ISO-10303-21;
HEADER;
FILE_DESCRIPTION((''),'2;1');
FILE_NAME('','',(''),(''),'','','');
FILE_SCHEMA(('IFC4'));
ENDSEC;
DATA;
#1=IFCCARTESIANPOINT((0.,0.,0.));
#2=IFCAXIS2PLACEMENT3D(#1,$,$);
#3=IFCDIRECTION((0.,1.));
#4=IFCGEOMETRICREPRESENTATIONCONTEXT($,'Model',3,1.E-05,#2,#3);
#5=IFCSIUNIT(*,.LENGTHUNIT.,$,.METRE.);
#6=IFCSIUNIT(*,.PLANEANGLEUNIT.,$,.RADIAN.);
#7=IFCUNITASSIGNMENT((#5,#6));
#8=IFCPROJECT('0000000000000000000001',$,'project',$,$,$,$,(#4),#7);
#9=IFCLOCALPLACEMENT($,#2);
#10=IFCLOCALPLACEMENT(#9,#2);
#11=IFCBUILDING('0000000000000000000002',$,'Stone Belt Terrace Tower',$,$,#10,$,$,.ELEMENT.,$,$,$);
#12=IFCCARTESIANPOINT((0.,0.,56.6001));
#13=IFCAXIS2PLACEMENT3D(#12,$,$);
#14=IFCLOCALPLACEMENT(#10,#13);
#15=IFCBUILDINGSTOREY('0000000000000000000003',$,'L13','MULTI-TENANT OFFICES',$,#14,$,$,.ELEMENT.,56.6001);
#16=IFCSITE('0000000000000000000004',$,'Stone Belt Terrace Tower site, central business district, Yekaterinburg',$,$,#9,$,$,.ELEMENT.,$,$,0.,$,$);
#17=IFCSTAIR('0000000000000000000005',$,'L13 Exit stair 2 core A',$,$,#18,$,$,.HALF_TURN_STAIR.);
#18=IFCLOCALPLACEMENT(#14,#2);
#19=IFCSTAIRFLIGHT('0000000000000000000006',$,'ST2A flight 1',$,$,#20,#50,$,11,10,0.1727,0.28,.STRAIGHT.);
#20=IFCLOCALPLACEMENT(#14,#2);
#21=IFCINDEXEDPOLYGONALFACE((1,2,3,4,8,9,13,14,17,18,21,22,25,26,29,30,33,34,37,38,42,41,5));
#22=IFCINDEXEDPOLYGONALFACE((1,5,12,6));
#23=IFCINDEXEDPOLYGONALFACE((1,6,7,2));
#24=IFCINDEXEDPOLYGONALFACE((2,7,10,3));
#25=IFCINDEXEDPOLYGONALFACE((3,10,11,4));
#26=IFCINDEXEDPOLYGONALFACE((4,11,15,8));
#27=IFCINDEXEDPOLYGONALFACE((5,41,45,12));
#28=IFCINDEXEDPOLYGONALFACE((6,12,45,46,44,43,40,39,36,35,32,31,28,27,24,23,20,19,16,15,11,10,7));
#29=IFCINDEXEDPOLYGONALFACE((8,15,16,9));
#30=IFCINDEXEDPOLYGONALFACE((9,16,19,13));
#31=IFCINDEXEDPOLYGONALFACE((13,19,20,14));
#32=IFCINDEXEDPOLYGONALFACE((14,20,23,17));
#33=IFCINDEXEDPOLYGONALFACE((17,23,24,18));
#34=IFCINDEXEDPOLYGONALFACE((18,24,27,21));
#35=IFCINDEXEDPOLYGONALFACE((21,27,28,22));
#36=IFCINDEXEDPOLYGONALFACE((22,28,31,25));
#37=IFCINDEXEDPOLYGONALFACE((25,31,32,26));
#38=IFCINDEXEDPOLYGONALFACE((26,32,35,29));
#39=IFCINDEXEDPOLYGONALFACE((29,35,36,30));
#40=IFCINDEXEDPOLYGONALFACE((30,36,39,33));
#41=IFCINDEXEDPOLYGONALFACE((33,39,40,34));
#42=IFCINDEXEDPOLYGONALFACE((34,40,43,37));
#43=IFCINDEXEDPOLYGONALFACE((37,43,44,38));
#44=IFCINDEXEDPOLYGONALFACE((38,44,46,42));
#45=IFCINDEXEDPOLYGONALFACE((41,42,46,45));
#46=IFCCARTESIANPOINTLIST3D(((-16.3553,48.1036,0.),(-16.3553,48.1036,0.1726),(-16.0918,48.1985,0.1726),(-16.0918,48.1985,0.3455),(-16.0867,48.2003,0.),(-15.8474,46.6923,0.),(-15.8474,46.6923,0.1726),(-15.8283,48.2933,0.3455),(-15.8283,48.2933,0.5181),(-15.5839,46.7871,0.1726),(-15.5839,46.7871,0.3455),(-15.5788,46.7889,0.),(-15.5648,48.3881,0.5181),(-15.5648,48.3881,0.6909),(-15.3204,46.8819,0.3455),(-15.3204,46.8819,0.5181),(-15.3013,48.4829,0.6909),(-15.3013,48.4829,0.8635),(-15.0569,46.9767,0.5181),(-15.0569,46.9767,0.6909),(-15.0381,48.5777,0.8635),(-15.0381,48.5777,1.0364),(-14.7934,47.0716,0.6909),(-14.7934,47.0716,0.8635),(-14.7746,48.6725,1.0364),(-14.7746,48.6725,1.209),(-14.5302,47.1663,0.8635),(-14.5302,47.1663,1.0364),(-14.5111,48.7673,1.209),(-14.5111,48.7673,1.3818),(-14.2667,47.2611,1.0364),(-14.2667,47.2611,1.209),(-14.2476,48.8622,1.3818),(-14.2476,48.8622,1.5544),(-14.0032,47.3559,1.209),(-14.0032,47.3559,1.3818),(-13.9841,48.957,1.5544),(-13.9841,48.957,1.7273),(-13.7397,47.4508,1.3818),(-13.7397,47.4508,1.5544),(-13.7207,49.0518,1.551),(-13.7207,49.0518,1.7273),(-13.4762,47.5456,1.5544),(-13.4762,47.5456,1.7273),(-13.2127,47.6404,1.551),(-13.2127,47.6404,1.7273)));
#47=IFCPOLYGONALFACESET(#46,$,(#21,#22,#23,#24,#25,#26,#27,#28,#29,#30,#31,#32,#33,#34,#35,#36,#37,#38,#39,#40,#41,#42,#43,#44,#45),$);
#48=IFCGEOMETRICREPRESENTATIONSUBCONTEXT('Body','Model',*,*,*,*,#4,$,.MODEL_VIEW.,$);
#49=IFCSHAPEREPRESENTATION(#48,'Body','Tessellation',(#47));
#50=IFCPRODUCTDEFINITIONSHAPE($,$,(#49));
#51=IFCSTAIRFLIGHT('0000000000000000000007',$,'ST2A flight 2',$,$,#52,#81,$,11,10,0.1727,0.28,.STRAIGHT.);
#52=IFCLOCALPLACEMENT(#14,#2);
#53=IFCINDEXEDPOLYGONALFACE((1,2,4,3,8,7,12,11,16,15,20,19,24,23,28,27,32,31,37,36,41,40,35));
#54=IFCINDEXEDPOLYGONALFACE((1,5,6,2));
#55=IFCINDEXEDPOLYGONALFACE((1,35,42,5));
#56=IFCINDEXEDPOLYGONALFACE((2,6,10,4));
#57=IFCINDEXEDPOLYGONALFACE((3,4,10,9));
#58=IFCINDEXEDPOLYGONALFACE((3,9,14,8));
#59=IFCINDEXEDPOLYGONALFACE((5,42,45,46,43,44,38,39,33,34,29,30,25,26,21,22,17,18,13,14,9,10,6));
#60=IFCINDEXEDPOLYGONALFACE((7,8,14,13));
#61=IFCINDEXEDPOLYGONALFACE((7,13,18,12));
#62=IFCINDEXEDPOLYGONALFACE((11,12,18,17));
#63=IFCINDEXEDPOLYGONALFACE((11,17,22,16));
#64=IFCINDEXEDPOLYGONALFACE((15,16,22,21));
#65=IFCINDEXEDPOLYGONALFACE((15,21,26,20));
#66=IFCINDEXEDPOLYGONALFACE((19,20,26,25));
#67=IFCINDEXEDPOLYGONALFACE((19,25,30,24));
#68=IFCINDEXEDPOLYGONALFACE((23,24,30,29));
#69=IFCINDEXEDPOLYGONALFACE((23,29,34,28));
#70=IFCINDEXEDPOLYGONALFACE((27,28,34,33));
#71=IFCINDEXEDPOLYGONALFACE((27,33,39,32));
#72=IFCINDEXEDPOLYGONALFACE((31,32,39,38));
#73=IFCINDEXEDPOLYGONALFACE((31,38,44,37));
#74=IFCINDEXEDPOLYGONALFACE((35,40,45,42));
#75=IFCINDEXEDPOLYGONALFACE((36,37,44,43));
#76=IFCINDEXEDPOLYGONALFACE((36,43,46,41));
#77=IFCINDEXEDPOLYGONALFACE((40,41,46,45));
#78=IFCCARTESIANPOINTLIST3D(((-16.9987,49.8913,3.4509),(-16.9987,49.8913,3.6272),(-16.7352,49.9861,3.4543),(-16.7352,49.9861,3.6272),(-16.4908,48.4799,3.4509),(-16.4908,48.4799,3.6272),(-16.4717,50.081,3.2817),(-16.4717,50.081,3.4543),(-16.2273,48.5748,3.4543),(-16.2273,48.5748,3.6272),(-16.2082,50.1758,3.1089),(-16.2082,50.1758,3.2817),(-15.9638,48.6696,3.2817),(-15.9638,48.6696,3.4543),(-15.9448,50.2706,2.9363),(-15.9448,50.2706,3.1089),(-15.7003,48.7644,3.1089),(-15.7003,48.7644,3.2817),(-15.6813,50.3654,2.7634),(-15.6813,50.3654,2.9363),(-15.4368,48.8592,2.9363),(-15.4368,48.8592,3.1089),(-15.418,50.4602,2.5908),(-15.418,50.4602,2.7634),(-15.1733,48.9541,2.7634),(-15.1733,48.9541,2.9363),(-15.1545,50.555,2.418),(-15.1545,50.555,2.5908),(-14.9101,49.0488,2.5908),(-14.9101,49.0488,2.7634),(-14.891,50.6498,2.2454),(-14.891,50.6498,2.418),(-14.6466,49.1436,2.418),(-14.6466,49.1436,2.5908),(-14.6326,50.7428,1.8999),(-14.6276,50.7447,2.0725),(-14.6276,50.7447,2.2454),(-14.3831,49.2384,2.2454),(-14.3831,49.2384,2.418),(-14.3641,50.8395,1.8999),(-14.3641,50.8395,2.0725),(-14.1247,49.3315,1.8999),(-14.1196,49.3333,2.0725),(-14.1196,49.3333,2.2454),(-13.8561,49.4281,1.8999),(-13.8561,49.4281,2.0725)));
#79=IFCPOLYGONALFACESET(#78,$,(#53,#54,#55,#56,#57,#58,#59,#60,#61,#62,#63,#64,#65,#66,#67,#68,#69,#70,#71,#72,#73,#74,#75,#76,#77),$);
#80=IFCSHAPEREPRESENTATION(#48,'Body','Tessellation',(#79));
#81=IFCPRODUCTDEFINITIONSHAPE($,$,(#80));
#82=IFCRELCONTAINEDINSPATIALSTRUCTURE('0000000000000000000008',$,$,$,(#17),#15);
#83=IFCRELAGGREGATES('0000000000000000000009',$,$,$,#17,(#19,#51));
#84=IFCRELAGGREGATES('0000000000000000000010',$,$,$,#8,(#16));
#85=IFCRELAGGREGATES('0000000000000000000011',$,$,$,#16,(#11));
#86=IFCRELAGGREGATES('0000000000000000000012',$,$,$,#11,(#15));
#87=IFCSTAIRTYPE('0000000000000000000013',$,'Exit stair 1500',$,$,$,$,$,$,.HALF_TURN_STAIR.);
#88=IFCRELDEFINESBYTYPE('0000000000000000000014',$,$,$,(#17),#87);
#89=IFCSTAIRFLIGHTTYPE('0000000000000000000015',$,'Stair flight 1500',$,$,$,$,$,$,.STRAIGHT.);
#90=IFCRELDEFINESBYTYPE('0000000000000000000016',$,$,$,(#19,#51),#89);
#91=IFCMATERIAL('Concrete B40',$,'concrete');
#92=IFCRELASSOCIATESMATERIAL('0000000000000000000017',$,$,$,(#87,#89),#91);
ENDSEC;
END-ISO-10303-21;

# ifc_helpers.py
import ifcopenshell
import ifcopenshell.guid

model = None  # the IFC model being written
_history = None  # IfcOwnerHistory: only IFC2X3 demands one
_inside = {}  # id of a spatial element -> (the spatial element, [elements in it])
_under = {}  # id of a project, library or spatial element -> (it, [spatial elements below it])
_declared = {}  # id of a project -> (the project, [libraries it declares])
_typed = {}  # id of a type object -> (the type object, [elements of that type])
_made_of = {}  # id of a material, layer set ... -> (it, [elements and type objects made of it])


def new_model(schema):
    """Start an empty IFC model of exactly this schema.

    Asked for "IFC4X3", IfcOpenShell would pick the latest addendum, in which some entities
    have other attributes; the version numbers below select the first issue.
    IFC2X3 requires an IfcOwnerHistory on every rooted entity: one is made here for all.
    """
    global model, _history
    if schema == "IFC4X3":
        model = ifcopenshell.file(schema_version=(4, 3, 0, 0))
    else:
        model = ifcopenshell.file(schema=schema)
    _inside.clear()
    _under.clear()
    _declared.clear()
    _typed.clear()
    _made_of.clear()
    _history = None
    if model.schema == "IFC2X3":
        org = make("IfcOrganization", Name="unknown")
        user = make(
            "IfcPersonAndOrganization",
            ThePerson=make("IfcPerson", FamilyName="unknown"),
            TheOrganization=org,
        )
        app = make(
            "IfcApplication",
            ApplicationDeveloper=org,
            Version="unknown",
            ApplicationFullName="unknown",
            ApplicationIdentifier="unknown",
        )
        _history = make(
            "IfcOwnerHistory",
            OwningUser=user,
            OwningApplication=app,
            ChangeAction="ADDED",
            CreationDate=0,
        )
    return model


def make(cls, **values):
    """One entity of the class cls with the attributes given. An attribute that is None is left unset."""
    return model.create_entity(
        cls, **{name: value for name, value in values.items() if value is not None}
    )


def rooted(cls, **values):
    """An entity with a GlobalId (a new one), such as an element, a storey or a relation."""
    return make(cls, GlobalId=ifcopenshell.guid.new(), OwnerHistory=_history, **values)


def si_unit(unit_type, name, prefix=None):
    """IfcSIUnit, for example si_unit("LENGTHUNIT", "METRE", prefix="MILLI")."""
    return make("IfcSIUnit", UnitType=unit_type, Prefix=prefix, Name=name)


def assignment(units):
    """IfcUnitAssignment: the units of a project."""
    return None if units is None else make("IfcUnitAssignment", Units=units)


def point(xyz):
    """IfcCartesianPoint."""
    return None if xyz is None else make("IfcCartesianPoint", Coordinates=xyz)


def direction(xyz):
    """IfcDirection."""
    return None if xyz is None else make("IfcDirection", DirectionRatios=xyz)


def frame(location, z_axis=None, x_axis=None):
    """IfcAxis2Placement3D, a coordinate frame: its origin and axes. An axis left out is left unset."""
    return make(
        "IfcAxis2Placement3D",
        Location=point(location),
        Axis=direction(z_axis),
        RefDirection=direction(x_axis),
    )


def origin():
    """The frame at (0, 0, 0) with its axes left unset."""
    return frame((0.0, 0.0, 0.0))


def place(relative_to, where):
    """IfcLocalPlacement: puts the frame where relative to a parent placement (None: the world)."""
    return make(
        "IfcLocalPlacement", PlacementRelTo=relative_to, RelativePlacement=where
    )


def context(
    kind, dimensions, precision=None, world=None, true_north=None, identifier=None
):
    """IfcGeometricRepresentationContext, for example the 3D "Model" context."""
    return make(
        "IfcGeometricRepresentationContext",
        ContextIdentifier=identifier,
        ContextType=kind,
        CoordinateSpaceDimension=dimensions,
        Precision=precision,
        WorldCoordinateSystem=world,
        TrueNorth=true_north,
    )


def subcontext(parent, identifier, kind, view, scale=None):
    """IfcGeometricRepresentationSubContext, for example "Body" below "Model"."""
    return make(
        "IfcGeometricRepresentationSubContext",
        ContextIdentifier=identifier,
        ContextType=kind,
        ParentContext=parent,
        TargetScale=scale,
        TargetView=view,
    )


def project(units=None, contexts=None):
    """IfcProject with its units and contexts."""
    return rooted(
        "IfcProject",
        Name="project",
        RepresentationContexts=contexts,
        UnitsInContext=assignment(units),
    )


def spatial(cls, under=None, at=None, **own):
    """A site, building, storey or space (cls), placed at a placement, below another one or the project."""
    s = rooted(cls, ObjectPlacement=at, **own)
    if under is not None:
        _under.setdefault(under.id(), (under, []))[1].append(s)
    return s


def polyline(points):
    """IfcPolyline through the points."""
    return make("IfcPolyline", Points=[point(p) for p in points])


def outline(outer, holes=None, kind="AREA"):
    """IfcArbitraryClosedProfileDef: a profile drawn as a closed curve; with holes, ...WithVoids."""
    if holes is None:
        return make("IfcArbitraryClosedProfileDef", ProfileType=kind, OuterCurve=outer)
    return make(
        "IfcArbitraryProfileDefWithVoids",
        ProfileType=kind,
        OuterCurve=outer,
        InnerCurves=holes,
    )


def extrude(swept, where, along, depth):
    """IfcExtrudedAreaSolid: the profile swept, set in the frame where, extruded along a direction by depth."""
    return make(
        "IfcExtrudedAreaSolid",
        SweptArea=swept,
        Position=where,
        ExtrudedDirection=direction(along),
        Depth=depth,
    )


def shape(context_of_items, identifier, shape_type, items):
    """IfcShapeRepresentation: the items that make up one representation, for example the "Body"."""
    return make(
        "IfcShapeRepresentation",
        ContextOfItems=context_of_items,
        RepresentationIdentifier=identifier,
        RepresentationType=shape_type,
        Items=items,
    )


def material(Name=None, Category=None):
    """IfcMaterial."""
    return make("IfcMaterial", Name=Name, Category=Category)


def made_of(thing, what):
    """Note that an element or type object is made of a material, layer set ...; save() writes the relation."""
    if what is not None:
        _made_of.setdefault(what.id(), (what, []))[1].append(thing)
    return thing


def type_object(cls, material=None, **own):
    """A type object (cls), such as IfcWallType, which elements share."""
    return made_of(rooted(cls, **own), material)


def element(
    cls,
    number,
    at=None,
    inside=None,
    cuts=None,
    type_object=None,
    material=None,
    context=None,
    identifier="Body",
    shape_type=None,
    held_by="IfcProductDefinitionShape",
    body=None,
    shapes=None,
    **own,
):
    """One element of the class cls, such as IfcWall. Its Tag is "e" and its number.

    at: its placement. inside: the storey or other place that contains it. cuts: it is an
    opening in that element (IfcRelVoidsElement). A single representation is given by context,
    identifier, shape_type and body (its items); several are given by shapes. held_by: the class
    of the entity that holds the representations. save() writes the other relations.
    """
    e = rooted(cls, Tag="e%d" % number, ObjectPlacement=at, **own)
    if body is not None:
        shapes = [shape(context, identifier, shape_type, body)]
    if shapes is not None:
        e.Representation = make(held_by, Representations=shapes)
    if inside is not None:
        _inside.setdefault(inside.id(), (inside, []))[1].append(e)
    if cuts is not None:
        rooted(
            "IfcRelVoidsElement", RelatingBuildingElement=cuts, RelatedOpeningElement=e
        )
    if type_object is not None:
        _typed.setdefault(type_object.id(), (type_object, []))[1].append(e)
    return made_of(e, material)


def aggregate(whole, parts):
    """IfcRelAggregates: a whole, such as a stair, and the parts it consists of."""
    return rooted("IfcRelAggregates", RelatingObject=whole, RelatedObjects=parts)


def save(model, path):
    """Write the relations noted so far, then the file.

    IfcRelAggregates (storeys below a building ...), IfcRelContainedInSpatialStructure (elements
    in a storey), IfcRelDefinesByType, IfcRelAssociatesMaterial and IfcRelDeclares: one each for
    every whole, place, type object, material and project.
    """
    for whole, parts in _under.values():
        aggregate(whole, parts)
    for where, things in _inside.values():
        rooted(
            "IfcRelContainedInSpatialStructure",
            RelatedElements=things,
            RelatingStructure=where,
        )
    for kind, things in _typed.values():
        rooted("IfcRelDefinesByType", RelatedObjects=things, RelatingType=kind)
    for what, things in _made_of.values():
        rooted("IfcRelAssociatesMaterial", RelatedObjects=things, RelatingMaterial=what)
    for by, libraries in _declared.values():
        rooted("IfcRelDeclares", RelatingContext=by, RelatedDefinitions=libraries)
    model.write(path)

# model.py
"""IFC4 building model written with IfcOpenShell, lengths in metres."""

from ifc_helpers import new_model, si_unit, direction, frame, origin, place, context, subcontext, project, spatial, polyline, outline, extrude, material, type_object, element, aggregate, save


model = new_model("IFC4")

# Units and contexts
model_context = context("Model", 3, precision=1e-05, world=origin(), true_north=direction((0.0, 1.0)))
body_context = subcontext(model_context, "Body", "Model", "MODEL_VIEW")
ifc_project = project(units=[si_unit("LENGTHUNIT", "METRE"), si_unit("PLANEANGLEUNIT", "RADIAN")], contexts=[model_context])

# Site, building, storey
site_placement = place(None, origin())
site = spatial("IfcSite", under=ifc_project, at=site_placement, Name="Stone Belt Terrace Tower site, central business district, Yekaterinburg", CompositionType="ELEMENT", RefElevation=0.0)
building_placement = place(site_placement, origin())
building = spatial("IfcBuilding", under=site, at=building_placement, Name="Stone Belt Terrace Tower", CompositionType="ELEMENT")
storey_placement = place(building_placement, frame((0.0, 0.0, 56.6001)))
storey = spatial("IfcBuildingStorey", under=building, at=storey_placement, Name="L13", Description="MULTI-TENANT OFFICES", CompositionType="ELEMENT", Elevation=56.6001)

# Stair, stair flights
ifc_material_1 = material(Name="Concrete B40", Category="concrete")
stair_type = type_object("IfcStairType", Name="Exit stair 1500", PredefinedType="HALF_TURN_STAIR", material=ifc_material_1)
stair_placement = place(storey_placement, origin())
stair = element("IfcStair", 1, at=stair_placement, inside=storey, type_object=stair_type, Name="L13 Exit stair 2 core A", PredefinedType="HALF_TURN_STAIR")
stair_flight_type = type_object("IfcStairFlightType", Name="Stair flight 1500", PredefinedType="STRAIGHT", material=ifc_material_1)
stair_flight_1_placement = place(storey_placement, frame((-16.1013, 47.3979, 0.0), z_axis=(0.0, 0.0, 1.0), x_axis=(0.940922, 0.338624, 0.0)))
stair_flight_1 = element("IfcStairFlight", 2, at=stair_flight_1_placement, type_object=stair_flight_type, Name="ST2A flight 1", NumberOfRisers=11, NumberOfTreads=10, PredefinedType="STRAIGHT", RiserHeight=0.1727, TreadLength=0.28, context=body_context, shape_type="SweptSolid", body=[
    extrude(outline(polyline([(0.0, 0.0), (0.0, 0.1726), (0.28, 0.1726), (0.28, 0.3455), (0.5601, 0.3455), (0.5601, 0.5181), (0.8401, 0.5181), (0.8401, 0.6909), (1.1201, 0.6909), (1.1201, 0.8635), (1.3999, 0.8635), (1.3999, 1.0364), (1.6799, 1.0364), (1.6799, 1.209), (1.96, 1.209), (1.96, 1.3818), (2.24, 1.3818), (2.24, 1.5544), (2.52, 1.5544), (2.52, 1.7273), (2.8, 1.7273), (2.8, 1.8999), (2.8, 1.551), (0.2854, 0.0), (0.0, 0.0)])), frame((0.0, 0.75, 0.0), z_axis=(0.0, -1.0, 0.0), x_axis=(1.0, 0.0, 0.0)), (0.0, 0.0, 1.0), 1.5),
])
stair_flight_2_placement = place(storey_placement, frame((-14.1101, 50.1338, 1.8999), z_axis=(0.0, 0.0, 1.0), x_axis=(-0.940922, -0.338624, 0.0)))
stair_flight_2 = element("IfcStairFlight", 3, at=stair_flight_2_placement, type_object=stair_flight_type, Name="ST2A flight 2", NumberOfRisers=11, NumberOfTreads=10, PredefinedType="STRAIGHT", RiserHeight=0.1727, TreadLength=0.28, context=body_context, shape_type="SweptSolid", body=[
    extrude(outline(polyline([(0.0, 0.0), (0.0, 0.1726), (0.28, 0.1726), (0.28, 0.3455), (0.5601, 0.3455), (0.5601, 0.5181), (0.8401, 0.5181), (0.8401, 0.6909), (1.1201, 0.6909), (1.1201, 0.8635), (1.3999, 0.8635), (1.3999, 1.0364), (1.6799, 1.0364), (1.6799, 1.209), (1.96, 1.209), (1.96, 1.3818), (2.24, 1.3818), (2.24, 1.5544), (2.52, 1.5544), (2.52, 1.7273), (2.8, 1.7273), (2.8, 1.8999), (2.8, 1.551), (0.2854, 0.0), (0.0, 0.0)])), frame((0.0, 0.75, 0.0), z_axis=(0.0, -1.0, 0.0), x_axis=(1.0, 0.0, 0.0)), (0.0, 0.0, 1.0), 1.5),
])
aggregate(stair, [stair_flight_1, stair_flight_2])

save(model, "model.ifc")
